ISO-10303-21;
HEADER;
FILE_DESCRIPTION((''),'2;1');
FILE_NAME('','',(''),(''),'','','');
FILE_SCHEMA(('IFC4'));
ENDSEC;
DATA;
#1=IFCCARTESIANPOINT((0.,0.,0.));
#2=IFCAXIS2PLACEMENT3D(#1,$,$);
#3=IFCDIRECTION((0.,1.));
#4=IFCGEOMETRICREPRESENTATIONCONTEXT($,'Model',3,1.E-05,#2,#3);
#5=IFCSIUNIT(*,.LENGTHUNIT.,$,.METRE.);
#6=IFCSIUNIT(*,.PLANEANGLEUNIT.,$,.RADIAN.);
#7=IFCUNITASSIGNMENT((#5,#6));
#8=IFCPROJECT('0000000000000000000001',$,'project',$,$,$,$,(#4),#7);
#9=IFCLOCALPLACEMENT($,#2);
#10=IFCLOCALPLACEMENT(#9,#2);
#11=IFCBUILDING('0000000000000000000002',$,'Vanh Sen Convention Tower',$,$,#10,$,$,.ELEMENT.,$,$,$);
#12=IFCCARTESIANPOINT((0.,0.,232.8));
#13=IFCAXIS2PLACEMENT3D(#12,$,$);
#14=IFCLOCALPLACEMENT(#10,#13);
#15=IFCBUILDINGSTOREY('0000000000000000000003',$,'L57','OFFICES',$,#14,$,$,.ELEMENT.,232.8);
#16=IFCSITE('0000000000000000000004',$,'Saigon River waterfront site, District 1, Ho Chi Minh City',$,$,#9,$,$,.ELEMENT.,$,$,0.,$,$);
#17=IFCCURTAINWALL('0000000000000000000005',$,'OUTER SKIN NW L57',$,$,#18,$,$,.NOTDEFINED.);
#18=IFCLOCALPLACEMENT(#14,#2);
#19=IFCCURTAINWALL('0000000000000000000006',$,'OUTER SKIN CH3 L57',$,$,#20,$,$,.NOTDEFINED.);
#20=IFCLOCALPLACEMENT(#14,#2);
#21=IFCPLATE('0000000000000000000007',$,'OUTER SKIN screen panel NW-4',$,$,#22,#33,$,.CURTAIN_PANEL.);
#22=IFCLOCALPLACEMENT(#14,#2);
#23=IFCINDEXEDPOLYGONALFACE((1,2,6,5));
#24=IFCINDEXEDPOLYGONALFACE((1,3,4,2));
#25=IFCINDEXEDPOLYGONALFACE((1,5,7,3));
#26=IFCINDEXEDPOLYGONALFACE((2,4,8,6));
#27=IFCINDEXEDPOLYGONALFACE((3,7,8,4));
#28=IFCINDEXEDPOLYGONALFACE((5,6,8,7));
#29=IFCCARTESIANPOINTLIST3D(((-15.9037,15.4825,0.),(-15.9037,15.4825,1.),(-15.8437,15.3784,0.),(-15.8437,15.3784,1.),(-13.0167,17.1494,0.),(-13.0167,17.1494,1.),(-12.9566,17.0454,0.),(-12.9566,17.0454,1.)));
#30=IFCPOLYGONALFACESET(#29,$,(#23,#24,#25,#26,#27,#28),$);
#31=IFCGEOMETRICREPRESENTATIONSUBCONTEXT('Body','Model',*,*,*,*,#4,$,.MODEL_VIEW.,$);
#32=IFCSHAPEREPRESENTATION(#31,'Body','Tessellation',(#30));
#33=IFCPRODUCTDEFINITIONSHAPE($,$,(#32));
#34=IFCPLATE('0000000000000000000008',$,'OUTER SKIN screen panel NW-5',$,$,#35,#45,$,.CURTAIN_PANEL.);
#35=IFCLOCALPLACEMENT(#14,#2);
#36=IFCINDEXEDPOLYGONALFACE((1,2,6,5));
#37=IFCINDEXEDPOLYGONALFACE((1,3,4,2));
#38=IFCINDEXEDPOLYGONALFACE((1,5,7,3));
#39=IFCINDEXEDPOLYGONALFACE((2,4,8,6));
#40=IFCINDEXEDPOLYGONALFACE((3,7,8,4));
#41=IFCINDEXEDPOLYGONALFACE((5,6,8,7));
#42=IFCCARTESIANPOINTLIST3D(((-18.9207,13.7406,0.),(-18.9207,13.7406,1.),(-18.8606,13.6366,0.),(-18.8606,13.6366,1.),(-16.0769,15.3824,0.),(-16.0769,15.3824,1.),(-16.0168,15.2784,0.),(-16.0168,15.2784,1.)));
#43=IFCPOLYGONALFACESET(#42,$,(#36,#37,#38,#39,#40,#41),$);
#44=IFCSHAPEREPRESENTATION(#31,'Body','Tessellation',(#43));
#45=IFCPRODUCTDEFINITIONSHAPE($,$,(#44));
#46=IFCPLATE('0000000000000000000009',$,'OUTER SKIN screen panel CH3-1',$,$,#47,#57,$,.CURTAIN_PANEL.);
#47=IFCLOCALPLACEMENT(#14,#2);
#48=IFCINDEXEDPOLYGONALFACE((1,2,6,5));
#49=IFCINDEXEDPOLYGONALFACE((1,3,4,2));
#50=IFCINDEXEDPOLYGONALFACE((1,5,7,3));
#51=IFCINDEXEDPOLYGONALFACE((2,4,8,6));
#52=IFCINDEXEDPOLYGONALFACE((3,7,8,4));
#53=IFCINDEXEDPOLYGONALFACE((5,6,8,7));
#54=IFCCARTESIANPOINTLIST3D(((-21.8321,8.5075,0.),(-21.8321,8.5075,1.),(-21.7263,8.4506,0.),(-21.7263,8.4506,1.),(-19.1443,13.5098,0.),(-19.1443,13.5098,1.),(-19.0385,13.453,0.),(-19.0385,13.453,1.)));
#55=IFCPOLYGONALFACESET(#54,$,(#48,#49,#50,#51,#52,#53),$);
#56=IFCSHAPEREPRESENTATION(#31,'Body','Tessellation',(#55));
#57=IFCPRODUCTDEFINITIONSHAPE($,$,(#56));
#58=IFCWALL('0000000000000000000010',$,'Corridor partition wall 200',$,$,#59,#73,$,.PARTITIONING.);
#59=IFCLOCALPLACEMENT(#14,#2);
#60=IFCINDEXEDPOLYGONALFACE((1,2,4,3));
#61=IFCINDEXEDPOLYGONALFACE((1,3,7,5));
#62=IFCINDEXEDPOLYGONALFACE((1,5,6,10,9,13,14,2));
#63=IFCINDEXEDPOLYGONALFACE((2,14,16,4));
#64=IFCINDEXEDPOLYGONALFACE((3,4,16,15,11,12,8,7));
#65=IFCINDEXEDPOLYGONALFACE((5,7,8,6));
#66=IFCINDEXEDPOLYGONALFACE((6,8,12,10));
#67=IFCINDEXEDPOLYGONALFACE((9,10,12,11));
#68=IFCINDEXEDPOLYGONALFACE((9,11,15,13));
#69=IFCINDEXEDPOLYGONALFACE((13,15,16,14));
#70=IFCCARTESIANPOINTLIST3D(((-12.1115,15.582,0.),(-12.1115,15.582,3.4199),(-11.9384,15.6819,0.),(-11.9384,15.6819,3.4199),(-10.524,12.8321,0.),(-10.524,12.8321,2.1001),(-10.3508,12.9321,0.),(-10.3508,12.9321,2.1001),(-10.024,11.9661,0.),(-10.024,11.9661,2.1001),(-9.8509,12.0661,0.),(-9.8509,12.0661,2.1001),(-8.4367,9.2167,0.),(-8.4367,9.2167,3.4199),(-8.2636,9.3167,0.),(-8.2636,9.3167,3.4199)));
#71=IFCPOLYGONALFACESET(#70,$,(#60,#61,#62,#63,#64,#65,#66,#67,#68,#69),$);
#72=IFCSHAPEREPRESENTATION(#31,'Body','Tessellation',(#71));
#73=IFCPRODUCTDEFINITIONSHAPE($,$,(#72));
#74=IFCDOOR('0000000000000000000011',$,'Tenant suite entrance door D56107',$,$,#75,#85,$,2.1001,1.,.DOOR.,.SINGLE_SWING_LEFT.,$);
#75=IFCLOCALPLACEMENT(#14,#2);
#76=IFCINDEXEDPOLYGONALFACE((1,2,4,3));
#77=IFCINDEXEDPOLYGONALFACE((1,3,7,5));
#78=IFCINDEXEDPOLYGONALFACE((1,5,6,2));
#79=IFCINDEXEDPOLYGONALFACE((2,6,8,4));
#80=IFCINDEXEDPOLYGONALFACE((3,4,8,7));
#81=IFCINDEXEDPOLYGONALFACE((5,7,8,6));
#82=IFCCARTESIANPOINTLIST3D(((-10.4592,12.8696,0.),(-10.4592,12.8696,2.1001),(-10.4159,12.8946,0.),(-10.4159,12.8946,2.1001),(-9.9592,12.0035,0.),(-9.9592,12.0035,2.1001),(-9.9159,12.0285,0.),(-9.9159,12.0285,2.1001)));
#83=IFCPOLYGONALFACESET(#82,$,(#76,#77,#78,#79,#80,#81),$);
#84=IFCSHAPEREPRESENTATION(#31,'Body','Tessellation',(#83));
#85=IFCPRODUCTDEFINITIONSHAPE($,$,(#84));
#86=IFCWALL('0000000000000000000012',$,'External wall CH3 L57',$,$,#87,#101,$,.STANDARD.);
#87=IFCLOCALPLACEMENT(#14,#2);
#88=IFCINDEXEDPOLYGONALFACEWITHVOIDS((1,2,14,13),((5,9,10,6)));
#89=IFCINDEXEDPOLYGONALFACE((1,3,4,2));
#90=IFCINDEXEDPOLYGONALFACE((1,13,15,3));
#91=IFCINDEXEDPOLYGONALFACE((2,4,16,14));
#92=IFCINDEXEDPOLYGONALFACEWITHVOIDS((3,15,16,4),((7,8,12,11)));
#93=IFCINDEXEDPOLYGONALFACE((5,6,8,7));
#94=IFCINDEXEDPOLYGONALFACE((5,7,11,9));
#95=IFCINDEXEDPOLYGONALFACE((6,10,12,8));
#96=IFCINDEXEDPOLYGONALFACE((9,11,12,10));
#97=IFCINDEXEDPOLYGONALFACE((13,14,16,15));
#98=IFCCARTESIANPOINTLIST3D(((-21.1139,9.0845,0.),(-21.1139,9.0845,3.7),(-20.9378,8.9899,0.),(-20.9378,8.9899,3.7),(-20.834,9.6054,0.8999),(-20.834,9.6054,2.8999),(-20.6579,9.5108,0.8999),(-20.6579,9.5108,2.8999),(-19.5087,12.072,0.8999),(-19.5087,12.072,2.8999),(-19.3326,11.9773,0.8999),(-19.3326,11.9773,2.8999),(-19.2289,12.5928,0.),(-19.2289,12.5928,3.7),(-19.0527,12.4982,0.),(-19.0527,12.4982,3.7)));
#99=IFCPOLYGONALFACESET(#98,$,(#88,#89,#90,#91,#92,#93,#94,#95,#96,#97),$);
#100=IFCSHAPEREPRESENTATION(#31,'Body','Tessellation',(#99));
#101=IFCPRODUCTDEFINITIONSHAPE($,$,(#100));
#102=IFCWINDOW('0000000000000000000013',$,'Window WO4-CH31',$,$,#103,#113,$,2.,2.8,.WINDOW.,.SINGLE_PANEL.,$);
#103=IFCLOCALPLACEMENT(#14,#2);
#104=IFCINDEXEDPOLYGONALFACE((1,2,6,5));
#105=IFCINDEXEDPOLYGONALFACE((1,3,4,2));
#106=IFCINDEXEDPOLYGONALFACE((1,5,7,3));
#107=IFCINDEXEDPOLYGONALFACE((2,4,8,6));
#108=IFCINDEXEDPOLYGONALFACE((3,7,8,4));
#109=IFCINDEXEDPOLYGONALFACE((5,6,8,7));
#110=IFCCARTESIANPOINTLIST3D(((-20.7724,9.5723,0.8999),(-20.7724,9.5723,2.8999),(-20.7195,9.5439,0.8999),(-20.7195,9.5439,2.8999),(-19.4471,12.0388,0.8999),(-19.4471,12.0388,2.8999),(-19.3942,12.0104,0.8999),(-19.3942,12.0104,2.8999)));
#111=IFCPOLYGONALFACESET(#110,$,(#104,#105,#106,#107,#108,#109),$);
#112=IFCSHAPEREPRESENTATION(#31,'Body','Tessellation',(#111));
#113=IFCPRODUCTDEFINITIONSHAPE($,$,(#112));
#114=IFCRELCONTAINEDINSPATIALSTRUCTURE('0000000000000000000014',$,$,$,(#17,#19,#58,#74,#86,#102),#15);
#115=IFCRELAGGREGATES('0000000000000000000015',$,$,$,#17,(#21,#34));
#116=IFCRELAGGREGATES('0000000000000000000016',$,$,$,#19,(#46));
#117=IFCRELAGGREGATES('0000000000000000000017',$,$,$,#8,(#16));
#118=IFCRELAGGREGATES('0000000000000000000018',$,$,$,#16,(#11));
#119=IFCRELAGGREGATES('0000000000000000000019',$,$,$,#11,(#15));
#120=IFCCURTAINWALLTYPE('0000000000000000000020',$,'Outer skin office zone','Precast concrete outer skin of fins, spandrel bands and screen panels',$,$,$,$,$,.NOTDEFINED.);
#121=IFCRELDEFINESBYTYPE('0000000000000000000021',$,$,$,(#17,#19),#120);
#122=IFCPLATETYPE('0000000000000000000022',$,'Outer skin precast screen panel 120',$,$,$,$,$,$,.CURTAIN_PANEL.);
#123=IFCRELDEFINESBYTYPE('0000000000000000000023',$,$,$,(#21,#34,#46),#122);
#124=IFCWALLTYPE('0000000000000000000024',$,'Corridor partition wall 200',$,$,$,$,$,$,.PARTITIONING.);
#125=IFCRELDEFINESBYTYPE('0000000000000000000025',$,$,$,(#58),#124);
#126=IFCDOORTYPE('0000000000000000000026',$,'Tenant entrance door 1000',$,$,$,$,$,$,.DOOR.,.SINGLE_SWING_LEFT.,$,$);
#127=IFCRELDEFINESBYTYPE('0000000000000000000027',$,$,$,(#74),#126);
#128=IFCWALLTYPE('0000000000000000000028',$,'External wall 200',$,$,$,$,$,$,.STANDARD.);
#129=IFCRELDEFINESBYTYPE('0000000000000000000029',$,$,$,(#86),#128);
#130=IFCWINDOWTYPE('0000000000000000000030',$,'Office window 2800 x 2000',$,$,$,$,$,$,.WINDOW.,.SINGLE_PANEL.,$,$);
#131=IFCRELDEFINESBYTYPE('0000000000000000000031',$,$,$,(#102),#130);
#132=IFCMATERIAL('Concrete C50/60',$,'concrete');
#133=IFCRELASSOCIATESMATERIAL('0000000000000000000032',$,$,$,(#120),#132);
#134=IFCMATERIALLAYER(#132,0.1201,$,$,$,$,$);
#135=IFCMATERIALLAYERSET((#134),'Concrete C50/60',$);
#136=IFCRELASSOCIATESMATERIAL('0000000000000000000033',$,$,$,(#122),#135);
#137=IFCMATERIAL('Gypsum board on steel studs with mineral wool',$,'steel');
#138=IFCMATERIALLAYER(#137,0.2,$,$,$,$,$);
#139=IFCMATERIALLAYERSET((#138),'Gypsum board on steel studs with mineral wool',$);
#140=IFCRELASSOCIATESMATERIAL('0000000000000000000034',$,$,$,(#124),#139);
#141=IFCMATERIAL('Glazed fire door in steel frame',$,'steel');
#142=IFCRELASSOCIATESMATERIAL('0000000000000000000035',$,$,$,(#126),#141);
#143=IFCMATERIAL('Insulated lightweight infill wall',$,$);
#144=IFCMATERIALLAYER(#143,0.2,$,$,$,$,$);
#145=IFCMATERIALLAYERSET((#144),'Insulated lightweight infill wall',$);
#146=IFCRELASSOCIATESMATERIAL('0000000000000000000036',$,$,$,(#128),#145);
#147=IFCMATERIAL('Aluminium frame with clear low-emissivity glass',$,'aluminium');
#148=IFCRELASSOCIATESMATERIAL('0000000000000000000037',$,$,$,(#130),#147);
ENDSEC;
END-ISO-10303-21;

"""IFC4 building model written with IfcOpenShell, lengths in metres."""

from ifc_helpers import new_model, si_unit, direction, frame, frame_2d, origin, origin_2d, place, context, subcontext, project, spatial, rectangle, extrude, material, layer, layer_set, type_object, element, fill, aggregate, save


model = new_model("IFC4")

# Units and contexts
model_context = context("Model", 3, precision=1e-05, world=origin(), true_north=direction((0.0, 1.0)))
body_context = subcontext(model_context, "Body", "Model", "MODEL_VIEW")
ifc_project = project(units=[si_unit("LENGTHUNIT", "METRE"), si_unit("PLANEANGLEUNIT", "RADIAN")], contexts=[model_context])

# Site, building, storey
site_placement = place(None, origin())
site = spatial("IfcSite", under=ifc_project, at=site_placement, Name="Saigon River waterfront site, District 1, Ho Chi Minh City", CompositionType="ELEMENT", RefElevation=0.0)
building_placement = place(site_placement, origin())
building = spatial("IfcBuilding", under=site, at=building_placement, Name="Vanh Sen Convention Tower", CompositionType="ELEMENT")
storey_placement = place(building_placement, frame((0.0, 0.0, 232.8)))
storey = spatial("IfcBuildingStorey", under=building, at=storey_placement, Name="L57", Description="OFFICES", CompositionType="ELEMENT", Elevation=232.8)

# Curtain wall
ifc_material_1 = material(Name="Concrete C50/60", Category="concrete")
curtain_wall_type = type_object("IfcCurtainWallType", Name="Outer skin office zone", Description="Precast concrete outer skin of fins, spandrel bands and screen panels", PredefinedType="NOTDEFINED", material=ifc_material_1)
curtain_wall_1_placement = place(storey_placement, origin())
curtain_wall_1 = element("IfcCurtainWall", 1, at=curtain_wall_1_placement, inside=storey, type_object=curtain_wall_type, Name="OUTER SKIN NW L57", PredefinedType="NOTDEFINED")

# Curtain wall
curtain_wall_2_placement = place(storey_placement, origin())
curtain_wall_2 = element("IfcCurtainWall", 2, at=curtain_wall_2_placement, inside=storey, type_object=curtain_wall_type, Name="OUTER SKIN CH3 L57", PredefinedType="NOTDEFINED")

# Plates
ifc_layer_1 = layer(ifc_material_1, 0.1201)
ifc_layer_set_1 = layer_set([ifc_layer_1], Name="Concrete C50/60")
plate_type = type_object("IfcPlateType", Name="Outer skin precast screen panel 120", PredefinedType="CURTAIN_PANEL", material=ifc_layer_set_1)
plate_1_placement = place(storey_placement, frame((-14.4302, 16.2639, 0.0), z_axis=(0.0, 0.0, 1.0), x_axis=(-0.866014, -0.50002, 0.0)))
plate_1 = element("IfcPlate", 3, at=plate_1_placement, type_object=plate_type, Name="OUTER SKIN screen panel NW-4", PredefinedType="CURTAIN_PANEL", context=body_context, shape_type="SweptSolid", body=[
    extrude(rectangle(XDim=3.3337, YDim=0.1201, at=origin_2d()), origin(), (0.0, 0.0, 1.0), 1.0),
])
plate_2_placement = place(storey_placement, frame((-17.4688, 14.5095, 0.0), z_axis=(0.0, 0.0, 1.0), x_axis=(-0.866033, -0.499986, 0.0)))
plate_2 = element("IfcPlate", 4, at=plate_2_placement, type_object=plate_type, Name="OUTER SKIN screen panel NW-5", PredefinedType="CURTAIN_PANEL", context=body_context, shape_type="SweptSolid", body=[
    extrude(rectangle(XDim=3.2837, YDim=0.1201, at=origin_2d()), origin(), (0.0, 0.0, 1.0), 1.0),
])
aggregate(curtain_wall_1, [plate_1, plate_2])
plate_3_placement = place(storey_placement, frame((-20.4353, 10.9802, 0.0), z_axis=(0.0, 0.0, 1.0), x_axis=(-0.473307, -0.880897, 0.0)))
plate_3 = element("IfcPlate", 5, at=plate_3_placement, type_object=plate_type, Name="OUTER SKIN screen panel CH3-1", PredefinedType="CURTAIN_PANEL", context=body_context, shape_type="SweptSolid", body=[
    extrude(rectangle(XDim=5.6787, YDim=0.1201, at=origin_2d()), origin(), (0.0, 0.0, 1.0), 1.0),
])
aggregate(curtain_wall_2, [plate_3])

# Wall, opening, door
ifc_material_2 = material(Name="Gypsum board on steel studs with mineral wool", Category="steel")
ifc_layer_2 = layer(ifc_material_2, 0.2)
ifc_layer_set_2 = layer_set([ifc_layer_2], Name="Gypsum board on steel studs with mineral wool")
wall_type_1 = type_object("IfcWallType", Name="Corridor partition wall 200", PredefinedType="PARTITIONING", material=ifc_layer_set_2)
wall_1_placement = place(storey_placement, frame((-12.0249, 15.6318, 0.0), z_axis=(0.0, 0.0, 1.0), x_axis=(0.499983, -0.866035, 0.0)))
wall_1 = element("IfcWall", 6, at=wall_1_placement, inside=storey, type_object=wall_type_1, Name="Corridor partition wall 200", PredefinedType="PARTITIONING", context=body_context, shape_type="SweptSolid", body=[
    extrude(rectangle(XDim=7.3499, YDim=0.2, at=frame_2d((3.6748, 0.0))), origin(), (0.0, 0.0, 1.0), 3.4199),
])
opening_1_placement = place(wall_1_placement, frame((3.175, 0.0, 0.0)))
opening_1 = element("IfcOpeningElement", 7, at=opening_1_placement, cuts=wall_1, PredefinedType="OPENING", context=body_context, shape_type="SweptSolid", body=[
    extrude(rectangle(XDim=1.0, YDim=2.1001, at=frame_2d((0.5, 1.05))), frame((0.0, 0.1099, 0.0), z_axis=(0.0, -1.0, 0.0), x_axis=(1.0, 0.0, 0.0)), (0.0, 0.0, 1.0), 0.22),
])
ifc_material_3 = material(Name="Glazed fire door in steel frame", Category="steel")
door_type = type_object("IfcDoorType", Name="Tenant entrance door 1000", OperationType="SINGLE_SWING_LEFT", PredefinedType="DOOR", material=ifc_material_3)
door_placement = place(opening_1_placement, origin())
door = element("IfcDoor", 8, at=door_placement, inside=storey, type_object=door_type, Name="Tenant suite entrance door D56107", OperationType="SINGLE_SWING_LEFT", OverallHeight=2.1001, OverallWidth=1.0, PredefinedType="DOOR", context=body_context, shape_type="SweptSolid", body=[
    extrude(rectangle(XDim=1.0, YDim=2.1001, at=frame_2d((0.5, 1.05))), frame((0.0, 0.0249, 0.0), z_axis=(0.0, -1.0, 0.0), x_axis=(1.0, 0.0, 0.0)), (0.0, 0.0, 1.0), 0.05),
])
fill(opening_1, door)

# Wall, opening, window
ifc_material_4 = material(Name="Insulated lightweight infill wall")
ifc_layer_3 = layer(ifc_material_4, 0.2)
ifc_layer_set_3 = layer_set([ifc_layer_3], Name="Insulated lightweight infill wall")
wall_type_2 = type_object("IfcWallType", Name="External wall 200", PredefinedType="STANDARD", material=ifc_layer_set_3)
wall_2_placement = place(storey_placement, frame((-19.1409, 12.5454, 0.0), z_axis=(0.0, 0.0, 1.0), x_axis=(-0.473306, -0.880898, 0.0)))
wall_2 = element("IfcWall", 9, at=wall_2_placement, inside=storey, type_object=wall_type_2, Name="External wall CH3 L57", PredefinedType="STANDARD", context=body_context, shape_type="SweptSolid", body=[
    extrude(rectangle(XDim=3.9827, YDim=0.2, at=frame_2d((1.9912, 0.0))), origin(), (0.0, 0.0, 1.0), 3.7),
])
opening_2_placement = place(wall_2_placement, frame((0.5913, 0.0, 0.8999)))
opening_2 = element("IfcOpeningElement", 10, at=opening_2_placement, cuts=wall_2, PredefinedType="OPENING", context=body_context, shape_type="SweptSolid", body=[
    extrude(rectangle(XDim=2.8, YDim=2.0, at=frame_2d((1.3999, 1.0))), frame((0.0, 0.1099, 0.0), z_axis=(0.0, -1.0, 0.0), x_axis=(1.0, 0.0, 0.0)), (0.0, 0.0, 1.0), 0.22),
])
ifc_material_5 = material(Name="Aluminium frame with clear low-emissivity glass", Category="aluminium")
window_type_1 = type_object("IfcWindowType", Name="Office window 2800 x 2000", PartitioningType="SINGLE_PANEL", PredefinedType="WINDOW", material=ifc_material_5)
window_1_placement = place(opening_2_placement, origin())
window_1 = element("IfcWindow", 11, at=window_1_placement, inside=storey, type_object=window_type_1, Name="Window WO4-CH31", OverallHeight=2.0, OverallWidth=2.8, PartitioningType="SINGLE_PANEL", PredefinedType="WINDOW", context=body_context, shape_type="SweptSolid", body=[
    extrude(rectangle(XDim=2.8, YDim=2.0, at=frame_2d((1.3999, 1.0))), frame((0.0, 0.03, 0.0), z_axis=(0.0, -1.0, 0.0), x_axis=(1.0, 0.0, 0.0)), (0.0, 0.0, 1.0), 0.0601),
])
fill(opening_2, window_1)

save(model, "model.ifc")
